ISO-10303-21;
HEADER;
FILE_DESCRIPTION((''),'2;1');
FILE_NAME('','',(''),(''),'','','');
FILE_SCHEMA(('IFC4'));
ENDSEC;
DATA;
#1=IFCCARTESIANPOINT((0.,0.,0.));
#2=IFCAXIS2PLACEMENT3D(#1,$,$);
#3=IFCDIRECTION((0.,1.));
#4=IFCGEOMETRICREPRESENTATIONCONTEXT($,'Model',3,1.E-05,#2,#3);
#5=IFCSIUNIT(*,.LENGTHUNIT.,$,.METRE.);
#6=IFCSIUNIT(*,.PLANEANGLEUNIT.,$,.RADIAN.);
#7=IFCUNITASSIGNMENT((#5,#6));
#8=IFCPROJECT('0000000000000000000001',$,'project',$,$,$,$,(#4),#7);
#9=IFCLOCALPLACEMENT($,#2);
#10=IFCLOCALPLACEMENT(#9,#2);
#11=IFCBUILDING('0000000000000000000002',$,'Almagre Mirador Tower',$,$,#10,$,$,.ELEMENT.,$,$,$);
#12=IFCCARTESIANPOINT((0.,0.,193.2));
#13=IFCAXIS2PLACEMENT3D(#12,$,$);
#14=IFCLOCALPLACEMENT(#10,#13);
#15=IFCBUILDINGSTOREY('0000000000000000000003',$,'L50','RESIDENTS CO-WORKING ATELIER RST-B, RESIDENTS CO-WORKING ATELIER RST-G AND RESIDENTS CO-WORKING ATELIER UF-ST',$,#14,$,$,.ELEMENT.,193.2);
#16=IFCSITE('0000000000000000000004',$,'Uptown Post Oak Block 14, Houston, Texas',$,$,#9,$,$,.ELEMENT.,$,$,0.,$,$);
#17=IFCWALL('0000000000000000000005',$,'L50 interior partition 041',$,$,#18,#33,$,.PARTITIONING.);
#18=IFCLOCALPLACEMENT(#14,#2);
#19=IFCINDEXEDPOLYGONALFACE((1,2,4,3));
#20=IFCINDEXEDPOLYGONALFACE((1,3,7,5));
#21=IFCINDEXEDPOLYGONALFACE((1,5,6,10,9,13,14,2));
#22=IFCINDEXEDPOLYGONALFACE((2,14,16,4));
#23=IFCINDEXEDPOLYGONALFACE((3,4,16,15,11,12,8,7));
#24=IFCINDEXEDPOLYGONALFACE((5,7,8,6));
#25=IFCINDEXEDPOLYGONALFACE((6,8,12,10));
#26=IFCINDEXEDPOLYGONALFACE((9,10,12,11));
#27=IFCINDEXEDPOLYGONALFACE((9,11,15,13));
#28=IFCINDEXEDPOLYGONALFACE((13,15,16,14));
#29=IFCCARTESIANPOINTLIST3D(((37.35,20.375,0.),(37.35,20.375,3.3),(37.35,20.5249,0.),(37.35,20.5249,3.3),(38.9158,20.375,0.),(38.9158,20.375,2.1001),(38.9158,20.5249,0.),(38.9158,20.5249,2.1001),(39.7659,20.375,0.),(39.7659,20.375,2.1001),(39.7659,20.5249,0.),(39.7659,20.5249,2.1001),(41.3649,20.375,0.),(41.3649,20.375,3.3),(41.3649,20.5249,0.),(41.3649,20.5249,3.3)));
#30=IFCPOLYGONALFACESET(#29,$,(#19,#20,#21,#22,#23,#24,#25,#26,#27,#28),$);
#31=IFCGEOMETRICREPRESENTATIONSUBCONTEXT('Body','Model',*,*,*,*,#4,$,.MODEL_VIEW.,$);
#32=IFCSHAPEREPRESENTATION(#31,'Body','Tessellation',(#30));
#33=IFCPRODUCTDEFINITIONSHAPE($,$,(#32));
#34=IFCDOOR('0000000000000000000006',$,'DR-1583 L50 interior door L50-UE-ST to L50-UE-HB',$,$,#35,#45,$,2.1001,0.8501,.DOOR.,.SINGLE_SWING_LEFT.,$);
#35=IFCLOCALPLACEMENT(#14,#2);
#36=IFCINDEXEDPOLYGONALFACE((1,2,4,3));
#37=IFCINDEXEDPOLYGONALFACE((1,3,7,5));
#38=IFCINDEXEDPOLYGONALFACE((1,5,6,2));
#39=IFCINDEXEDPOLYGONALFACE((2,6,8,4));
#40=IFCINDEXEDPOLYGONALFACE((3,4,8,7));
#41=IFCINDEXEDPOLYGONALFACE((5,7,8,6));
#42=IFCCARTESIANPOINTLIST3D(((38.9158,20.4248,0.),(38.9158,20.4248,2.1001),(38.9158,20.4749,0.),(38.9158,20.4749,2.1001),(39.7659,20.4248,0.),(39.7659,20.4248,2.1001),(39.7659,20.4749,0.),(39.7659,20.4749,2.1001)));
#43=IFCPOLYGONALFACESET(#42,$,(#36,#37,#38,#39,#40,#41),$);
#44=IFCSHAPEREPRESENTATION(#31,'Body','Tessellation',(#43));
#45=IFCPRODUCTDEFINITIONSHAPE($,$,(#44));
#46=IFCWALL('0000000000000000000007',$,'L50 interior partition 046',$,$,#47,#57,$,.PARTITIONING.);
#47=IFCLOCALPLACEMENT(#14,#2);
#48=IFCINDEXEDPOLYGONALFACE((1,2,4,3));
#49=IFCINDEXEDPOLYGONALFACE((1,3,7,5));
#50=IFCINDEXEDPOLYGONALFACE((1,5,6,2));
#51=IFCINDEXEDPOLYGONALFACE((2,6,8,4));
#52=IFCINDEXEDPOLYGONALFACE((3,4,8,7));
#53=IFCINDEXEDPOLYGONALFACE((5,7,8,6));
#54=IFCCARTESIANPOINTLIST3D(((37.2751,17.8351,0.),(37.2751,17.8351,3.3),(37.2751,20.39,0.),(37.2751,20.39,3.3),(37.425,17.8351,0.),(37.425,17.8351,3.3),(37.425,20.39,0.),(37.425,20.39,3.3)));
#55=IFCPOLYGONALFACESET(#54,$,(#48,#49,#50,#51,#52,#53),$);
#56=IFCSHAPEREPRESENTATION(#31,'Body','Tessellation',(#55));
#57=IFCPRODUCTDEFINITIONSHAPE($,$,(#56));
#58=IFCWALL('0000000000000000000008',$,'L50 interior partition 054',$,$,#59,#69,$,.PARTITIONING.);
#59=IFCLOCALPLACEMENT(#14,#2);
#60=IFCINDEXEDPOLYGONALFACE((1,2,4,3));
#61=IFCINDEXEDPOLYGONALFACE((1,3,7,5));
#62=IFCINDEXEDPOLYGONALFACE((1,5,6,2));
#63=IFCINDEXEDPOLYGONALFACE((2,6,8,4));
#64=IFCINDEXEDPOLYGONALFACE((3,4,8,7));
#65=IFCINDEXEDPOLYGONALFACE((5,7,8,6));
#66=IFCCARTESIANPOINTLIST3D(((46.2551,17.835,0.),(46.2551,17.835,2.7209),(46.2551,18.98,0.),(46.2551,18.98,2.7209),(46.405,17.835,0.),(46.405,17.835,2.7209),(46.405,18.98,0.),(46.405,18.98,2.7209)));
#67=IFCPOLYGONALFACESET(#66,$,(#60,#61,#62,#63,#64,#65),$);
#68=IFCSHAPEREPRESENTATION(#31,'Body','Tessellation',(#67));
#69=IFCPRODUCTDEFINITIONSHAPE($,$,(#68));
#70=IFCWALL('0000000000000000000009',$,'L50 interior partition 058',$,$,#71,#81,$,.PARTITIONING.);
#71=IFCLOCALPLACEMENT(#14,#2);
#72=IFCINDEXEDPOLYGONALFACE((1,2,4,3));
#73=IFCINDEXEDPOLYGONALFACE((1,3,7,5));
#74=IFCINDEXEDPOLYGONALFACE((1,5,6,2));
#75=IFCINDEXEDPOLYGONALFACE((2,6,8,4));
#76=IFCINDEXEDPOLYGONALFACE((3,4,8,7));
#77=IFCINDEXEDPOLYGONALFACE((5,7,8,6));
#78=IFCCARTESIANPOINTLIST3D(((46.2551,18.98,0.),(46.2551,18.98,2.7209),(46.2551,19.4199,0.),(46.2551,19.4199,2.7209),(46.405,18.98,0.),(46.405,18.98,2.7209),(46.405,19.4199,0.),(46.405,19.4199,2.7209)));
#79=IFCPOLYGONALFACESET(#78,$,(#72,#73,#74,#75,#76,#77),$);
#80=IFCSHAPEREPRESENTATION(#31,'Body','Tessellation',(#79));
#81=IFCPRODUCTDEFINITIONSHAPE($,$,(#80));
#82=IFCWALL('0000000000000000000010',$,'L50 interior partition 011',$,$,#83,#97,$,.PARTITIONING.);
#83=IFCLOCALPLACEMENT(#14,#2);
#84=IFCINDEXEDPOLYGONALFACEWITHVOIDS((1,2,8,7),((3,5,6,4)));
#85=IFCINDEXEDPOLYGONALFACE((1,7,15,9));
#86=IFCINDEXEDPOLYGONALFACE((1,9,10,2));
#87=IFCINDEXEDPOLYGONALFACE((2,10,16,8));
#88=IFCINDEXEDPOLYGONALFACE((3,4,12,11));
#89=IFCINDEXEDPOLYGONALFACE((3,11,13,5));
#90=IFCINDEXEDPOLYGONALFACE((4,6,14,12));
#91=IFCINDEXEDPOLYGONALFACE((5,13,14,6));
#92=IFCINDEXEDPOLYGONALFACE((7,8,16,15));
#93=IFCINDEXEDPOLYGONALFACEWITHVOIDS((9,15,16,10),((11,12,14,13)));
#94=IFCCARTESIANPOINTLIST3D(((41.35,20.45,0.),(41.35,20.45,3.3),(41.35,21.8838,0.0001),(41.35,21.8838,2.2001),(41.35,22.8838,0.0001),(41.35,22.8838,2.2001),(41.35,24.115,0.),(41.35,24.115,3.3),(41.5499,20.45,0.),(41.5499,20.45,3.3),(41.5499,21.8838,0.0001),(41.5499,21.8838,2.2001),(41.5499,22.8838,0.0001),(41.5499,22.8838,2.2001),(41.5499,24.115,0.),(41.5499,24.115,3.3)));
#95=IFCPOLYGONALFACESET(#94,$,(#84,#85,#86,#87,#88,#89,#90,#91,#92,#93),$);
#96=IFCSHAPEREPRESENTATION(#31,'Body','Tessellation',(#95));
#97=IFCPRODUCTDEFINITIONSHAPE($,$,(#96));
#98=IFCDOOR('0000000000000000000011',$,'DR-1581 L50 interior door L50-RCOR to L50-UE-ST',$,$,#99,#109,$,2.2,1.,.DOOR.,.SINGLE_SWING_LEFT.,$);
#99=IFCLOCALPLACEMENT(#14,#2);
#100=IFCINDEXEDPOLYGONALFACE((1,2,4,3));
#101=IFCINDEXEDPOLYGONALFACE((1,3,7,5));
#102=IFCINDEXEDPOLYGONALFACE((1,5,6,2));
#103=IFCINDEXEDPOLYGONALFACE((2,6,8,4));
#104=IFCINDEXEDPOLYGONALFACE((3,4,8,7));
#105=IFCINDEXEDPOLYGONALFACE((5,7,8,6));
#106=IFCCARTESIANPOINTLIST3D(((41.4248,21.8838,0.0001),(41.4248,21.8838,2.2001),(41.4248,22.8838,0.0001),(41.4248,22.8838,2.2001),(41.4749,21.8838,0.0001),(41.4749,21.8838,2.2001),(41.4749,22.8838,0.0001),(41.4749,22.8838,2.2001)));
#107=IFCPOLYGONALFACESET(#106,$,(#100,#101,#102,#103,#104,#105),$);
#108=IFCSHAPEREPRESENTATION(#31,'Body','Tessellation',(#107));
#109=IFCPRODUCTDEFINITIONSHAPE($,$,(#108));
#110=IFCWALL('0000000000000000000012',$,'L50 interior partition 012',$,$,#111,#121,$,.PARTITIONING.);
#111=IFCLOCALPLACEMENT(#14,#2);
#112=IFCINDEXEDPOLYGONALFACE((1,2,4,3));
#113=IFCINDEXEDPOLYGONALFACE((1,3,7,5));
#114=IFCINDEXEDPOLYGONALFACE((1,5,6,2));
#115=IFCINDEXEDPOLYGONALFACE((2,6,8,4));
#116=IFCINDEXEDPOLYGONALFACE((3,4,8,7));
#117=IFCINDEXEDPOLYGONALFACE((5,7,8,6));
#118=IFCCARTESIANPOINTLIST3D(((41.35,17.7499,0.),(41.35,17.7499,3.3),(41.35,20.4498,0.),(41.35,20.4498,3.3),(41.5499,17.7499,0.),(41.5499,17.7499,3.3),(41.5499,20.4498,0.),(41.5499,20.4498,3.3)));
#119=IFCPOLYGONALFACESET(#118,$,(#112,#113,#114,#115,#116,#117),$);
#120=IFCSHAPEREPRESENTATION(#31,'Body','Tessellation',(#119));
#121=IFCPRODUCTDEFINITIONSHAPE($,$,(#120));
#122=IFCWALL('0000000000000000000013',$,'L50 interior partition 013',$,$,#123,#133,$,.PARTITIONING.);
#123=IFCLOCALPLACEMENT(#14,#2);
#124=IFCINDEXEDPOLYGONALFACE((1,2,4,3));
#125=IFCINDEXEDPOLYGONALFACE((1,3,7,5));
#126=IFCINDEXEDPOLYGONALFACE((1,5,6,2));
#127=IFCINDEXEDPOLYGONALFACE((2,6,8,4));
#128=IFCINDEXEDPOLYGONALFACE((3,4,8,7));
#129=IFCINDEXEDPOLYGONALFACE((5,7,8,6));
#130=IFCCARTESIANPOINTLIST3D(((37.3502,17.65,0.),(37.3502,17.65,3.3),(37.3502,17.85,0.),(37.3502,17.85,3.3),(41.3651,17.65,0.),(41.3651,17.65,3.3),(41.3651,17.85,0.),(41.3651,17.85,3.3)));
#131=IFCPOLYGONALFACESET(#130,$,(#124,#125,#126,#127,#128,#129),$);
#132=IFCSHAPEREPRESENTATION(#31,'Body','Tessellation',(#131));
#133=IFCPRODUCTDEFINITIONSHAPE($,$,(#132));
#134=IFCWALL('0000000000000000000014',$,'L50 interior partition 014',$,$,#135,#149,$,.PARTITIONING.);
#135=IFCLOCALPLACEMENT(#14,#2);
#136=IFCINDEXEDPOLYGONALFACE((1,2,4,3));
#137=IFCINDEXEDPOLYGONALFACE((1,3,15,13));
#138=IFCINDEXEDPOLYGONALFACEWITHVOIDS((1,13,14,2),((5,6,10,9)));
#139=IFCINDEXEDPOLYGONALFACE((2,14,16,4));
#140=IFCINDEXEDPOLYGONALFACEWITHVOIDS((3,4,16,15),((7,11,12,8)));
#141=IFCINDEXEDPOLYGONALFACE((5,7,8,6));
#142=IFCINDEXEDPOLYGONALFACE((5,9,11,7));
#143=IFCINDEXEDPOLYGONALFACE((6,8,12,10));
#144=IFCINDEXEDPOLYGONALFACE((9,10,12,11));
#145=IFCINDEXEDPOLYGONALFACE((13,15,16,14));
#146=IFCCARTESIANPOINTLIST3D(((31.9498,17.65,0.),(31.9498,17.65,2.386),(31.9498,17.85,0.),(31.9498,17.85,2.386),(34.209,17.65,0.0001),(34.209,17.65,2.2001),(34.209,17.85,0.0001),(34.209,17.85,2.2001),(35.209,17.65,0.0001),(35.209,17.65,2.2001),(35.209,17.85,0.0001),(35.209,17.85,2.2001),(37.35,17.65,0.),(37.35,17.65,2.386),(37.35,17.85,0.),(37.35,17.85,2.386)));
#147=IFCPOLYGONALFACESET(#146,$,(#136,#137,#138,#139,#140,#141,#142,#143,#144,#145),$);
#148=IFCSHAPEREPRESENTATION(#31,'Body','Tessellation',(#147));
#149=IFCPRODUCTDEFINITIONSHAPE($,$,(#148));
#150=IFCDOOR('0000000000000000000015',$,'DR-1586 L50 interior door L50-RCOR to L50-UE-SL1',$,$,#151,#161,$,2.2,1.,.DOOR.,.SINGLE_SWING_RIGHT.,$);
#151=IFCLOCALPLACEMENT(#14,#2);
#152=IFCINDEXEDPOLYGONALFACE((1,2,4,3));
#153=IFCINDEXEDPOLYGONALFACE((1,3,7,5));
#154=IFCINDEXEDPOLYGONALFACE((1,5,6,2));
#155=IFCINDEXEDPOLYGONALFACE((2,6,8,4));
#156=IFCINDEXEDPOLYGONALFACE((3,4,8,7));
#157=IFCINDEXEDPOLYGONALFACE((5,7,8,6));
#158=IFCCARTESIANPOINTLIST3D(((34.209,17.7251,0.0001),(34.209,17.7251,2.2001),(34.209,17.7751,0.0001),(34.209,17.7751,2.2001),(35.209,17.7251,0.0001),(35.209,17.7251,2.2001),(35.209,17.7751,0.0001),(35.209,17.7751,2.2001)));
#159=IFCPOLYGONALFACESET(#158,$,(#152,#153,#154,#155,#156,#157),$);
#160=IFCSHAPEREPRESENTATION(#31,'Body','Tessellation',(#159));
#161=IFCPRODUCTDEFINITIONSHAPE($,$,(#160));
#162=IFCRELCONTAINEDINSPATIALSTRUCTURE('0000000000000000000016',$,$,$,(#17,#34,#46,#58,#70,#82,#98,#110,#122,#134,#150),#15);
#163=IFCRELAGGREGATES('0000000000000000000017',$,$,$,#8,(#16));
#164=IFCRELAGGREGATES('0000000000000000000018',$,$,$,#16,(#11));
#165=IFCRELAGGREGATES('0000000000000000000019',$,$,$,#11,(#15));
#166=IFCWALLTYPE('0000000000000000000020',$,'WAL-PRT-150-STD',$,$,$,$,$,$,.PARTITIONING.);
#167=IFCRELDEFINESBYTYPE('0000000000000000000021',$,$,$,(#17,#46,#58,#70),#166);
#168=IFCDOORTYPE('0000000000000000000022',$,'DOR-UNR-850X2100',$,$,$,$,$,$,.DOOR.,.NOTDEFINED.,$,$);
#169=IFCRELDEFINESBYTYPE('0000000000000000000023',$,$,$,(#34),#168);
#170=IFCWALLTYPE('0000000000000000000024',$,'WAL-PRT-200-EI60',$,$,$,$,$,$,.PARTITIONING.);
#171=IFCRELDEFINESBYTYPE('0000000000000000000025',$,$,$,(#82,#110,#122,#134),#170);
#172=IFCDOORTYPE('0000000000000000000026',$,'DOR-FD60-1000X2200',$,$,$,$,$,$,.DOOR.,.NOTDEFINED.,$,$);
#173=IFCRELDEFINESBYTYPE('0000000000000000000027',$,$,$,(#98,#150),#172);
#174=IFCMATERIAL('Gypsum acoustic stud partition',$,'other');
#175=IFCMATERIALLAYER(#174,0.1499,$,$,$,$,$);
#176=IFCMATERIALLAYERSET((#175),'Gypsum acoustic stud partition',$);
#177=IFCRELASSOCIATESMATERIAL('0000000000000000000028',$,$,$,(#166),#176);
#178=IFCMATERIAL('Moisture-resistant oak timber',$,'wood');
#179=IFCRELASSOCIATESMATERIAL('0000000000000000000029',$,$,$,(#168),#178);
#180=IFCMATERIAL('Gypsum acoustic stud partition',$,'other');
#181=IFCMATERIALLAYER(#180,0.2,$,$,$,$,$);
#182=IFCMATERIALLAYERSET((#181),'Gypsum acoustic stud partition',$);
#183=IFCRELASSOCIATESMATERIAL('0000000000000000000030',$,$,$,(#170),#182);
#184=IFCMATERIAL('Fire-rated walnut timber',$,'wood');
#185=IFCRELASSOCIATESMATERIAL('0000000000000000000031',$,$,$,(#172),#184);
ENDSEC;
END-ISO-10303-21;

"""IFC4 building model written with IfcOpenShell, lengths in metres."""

from ifc_helpers import new_model, si_unit, direction, frame, frame_2d, origin, place, context, subcontext, project, spatial, rectangle, extrude, material, layer, layer_set, type_object, element, fill, save


model = new_model("IFC4")

# Units and contexts
model_context = context("Model", 3, precision=1e-05, world=origin(), true_north=direction((0.0, 1.0)))
body_context = subcontext(model_context, "Body", "Model", "MODEL_VIEW")
ifc_project = project(units=[si_unit("LENGTHUNIT", "METRE"), si_unit("PLANEANGLEUNIT", "RADIAN")], contexts=[model_context])

# Site, building, storey
site_placement = place(None, origin())
site = spatial("IfcSite", under=ifc_project, at=site_placement, Name="Uptown Post Oak Block 14, Houston, Texas", CompositionType="ELEMENT", RefElevation=0.0)
building_placement = place(site_placement, origin())
building = spatial("IfcBuilding", under=site, at=building_placement, Name="Almagre Mirador Tower", CompositionType="ELEMENT")
storey_placement = place(building_placement, frame((0.0, 0.0, 193.2)))
storey = spatial("IfcBuildingStorey", under=building, at=storey_placement, Name="L50", Description="RESIDENTS CO-WORKING ATELIER RST-B, RESIDENTS CO-WORKING ATELIER RST-G AND RESIDENTS CO-WORKING ATELIER UF-ST", CompositionType="ELEMENT", Elevation=193.2)

# Wall, opening, door
ifc_material_1 = material(Name="Gypsum acoustic stud partition", Category="other")
ifc_layer_1 = layer(ifc_material_1, 0.1499)
ifc_layer_set_1 = layer_set([ifc_layer_1], Name="Gypsum acoustic stud partition")
wall_type_1 = type_object("IfcWallType", Name="WAL-PRT-150-STD", PredefinedType="PARTITIONING", material=ifc_layer_set_1)
wall_1_placement = place(storey_placement, frame((37.3501, 20.45, 0.0), z_axis=(0.0, 0.0, 1.0), x_axis=(1.0, 0.0, 0.0)))
wall_1 = element("IfcWall", 1, at=wall_1_placement, inside=storey, type_object=wall_type_1, Name="L50 interior partition 041", PredefinedType="PARTITIONING", context=body_context, shape_type="SweptSolid", body=[
    extrude(rectangle(XDim=4.0149, YDim=0.1499, at=frame_2d((2.0073, 0.0))), origin(), (0.0, 0.0, 1.0), 3.3),
])
opening_1_placement = place(wall_1_placement, frame((1.5657, 0.0, 0.0)))
opening_1 = element("IfcOpeningElement", 2, at=opening_1_placement, cuts=wall_1, PredefinedType="OPENING", context=body_context, shape_type="SweptSolid", body=[
    extrude(rectangle(XDim=0.8501, YDim=2.1001, at=frame_2d((0.425, 1.05))), frame((0.0, 0.085, 0.0), z_axis=(0.0, -1.0, 0.0), x_axis=(1.0, 0.0, 0.0)), (0.0, 0.0, 1.0), 0.1699),
])
ifc_material_2 = material(Name="Moisture-resistant oak timber", Category="wood")
door_type_1 = type_object("IfcDoorType", Name="DOR-UNR-850X2100", OperationType="NOTDEFINED", PredefinedType="DOOR", material=ifc_material_2)
door_1_placement = place(opening_1_placement, origin())
door_1 = element("IfcDoor", 3, at=door_1_placement, inside=storey, type_object=door_type_1, Name="DR-1583 L50 interior door L50-UE-ST to L50-UE-HB", OperationType="SINGLE_SWING_LEFT", OverallHeight=2.1001, OverallWidth=0.8501, PredefinedType="DOOR", context=body_context, shape_type="SweptSolid", body=[
    extrude(rectangle(XDim=0.8501, YDim=2.1001, at=frame_2d((0.425, 1.05))), frame((0.0, 0.0249, 0.0), z_axis=(0.0, -1.0, 0.0), x_axis=(1.0, 0.0, 0.0)), (0.0, 0.0, 1.0), 0.05),
])
fill(opening_1, door_1)

# Walls
wall_2_placement = place(storey_placement, frame((37.3501, 20.3899, 0.0), z_axis=(0.0, 0.0, 1.0), x_axis=(0.0, -1.0, 0.0)))
element("IfcWall", 4, at=wall_2_placement, inside=storey, type_object=wall_type_1, Name="L50 interior partition 046", PredefinedType="PARTITIONING", context=body_context, shape_type="SweptSolid", body=[
    extrude(rectangle(XDim=2.5549, YDim=0.1499, at=frame_2d((1.2773, 0.0))), origin(), (0.0, 0.0, 1.0), 3.3),
])
wall_3_placement = place(storey_placement, frame((46.3301, 18.98, 0.0), z_axis=(0.0, 0.0, 1.0), x_axis=(0.0, -1.0, 0.0)))
element("IfcWall", 5, at=wall_3_placement, inside=storey, type_object=wall_type_1, Name="L50 interior partition 054", PredefinedType="PARTITIONING", context=body_context, shape_type="SweptSolid", body=[
    extrude(rectangle(XDim=1.145, YDim=0.1499, at=frame_2d((0.5725, 0.0))), origin(), (0.0, 0.0, 1.0), 2.7209),
])
wall_4_placement = place(storey_placement, frame((46.3301, 19.4199, 0.0), z_axis=(0.0, 0.0, 1.0), x_axis=(0.0, -1.0, 0.0)))
element("IfcWall", 6, at=wall_4_placement, inside=storey, type_object=wall_type_1, Name="L50 interior partition 058", PredefinedType="PARTITIONING", context=body_context, shape_type="SweptSolid", body=[
    extrude(rectangle(XDim=0.4399, YDim=0.1499, at=frame_2d((0.22, 0.0))), origin(), (0.0, 0.0, 1.0), 2.7209),
])

# Wall, opening, door
ifc_material_3 = material(Name="Gypsum acoustic stud partition", Category="other")
ifc_layer_2 = layer(ifc_material_3, 0.2)
ifc_layer_set_2 = layer_set([ifc_layer_2], Name="Gypsum acoustic stud partition")
wall_type_2 = type_object("IfcWallType", Name="WAL-PRT-200-EI60", PredefinedType="PARTITIONING", material=ifc_layer_set_2)
wall_5_placement = place(storey_placement, frame((41.45, 24.115, 0.0), z_axis=(0.0, 0.0, 1.0), x_axis=(0.0, -1.0, 0.0)))
wall_5 = element("IfcWall", 7, at=wall_5_placement, inside=storey, type_object=wall_type_2, Name="L50 interior partition 011", PredefinedType="PARTITIONING", context=body_context, shape_type="SweptSolid", body=[
    extrude(rectangle(XDim=3.665, YDim=0.2, at=frame_2d((1.8325, 0.0))), origin(), (0.0, 0.0, 1.0), 3.3),
])
opening_2_placement = place(wall_5_placement, frame((1.2312, 0.0, 0.0)))
opening_2 = element("IfcOpeningElement", 8, at=opening_2_placement, cuts=wall_5, PredefinedType="OPENING", context=body_context, shape_type="SweptSolid", body=[
    extrude(rectangle(XDim=1.0, YDim=2.2, at=frame_2d((0.5, 1.1001))), frame((0.0, 0.1101, 0.0), z_axis=(0.0, -1.0, 0.0), x_axis=(1.0, 0.0, 0.0)), (0.0, 0.0, 1.0), 0.22),
])
ifc_material_4 = material(Name="Fire-rated walnut timber", Category="wood")
door_type_2 = type_object("IfcDoorType", Name="DOR-FD60-1000X2200", OperationType="NOTDEFINED", PredefinedType="DOOR", material=ifc_material_4)
door_2_placement = place(opening_2_placement, origin())
door_2 = element("IfcDoor", 9, at=door_2_placement, inside=storey, type_object=door_type_2, Name="DR-1581 L50 interior door L50-RCOR to L50-UE-ST", OperationType="SINGLE_SWING_LEFT", OverallHeight=2.2, OverallWidth=1.0, PredefinedType="DOOR", context=body_context, shape_type="SweptSolid", body=[
    extrude(rectangle(XDim=1.0, YDim=2.2, at=frame_2d((0.5, 1.1001))), frame((0.0, 0.0249, 0.0), z_axis=(0.0, -1.0, 0.0), x_axis=(1.0, 0.0, 0.0)), (0.0, 0.0, 1.0), 0.05),
])
fill(opening_2, door_2)

# Walls
wall_6_placement = place(storey_placement, frame((41.45, 20.45, 0.0), z_axis=(0.0, 0.0, 1.0), x_axis=(0.0, -1.0, 0.0)))
element("IfcWall", 10, at=wall_6_placement, inside=storey, type_object=wall_type_2, Name="L50 interior partition 012", PredefinedType="PARTITIONING", context=body_context, shape_type="SweptSolid", body=[
    extrude(rectangle(XDim=2.7, YDim=0.2, at=frame_2d((1.3501, 0.0))), origin(), (0.0, 0.0, 1.0), 3.3),
])
wall_7_placement = place(storey_placement, frame((41.365, 17.75, 0.0), z_axis=(0.0, 0.0, 1.0), x_axis=(-1.0, 0.0, 0.0)))
element("IfcWall", 11, at=wall_7_placement, inside=storey, type_object=wall_type_2, Name="L50 interior partition 013", PredefinedType="PARTITIONING", context=body_context, shape_type="SweptSolid", body=[
    extrude(rectangle(XDim=4.0149, YDim=0.2, at=frame_2d((2.0073, 0.0))), origin(), (0.0, 0.0, 1.0), 3.3),
])

# Wall, opening, door
wall_8_placement = place(storey_placement, frame((37.3501, 17.75, 0.0), z_axis=(0.0, 0.0, 1.0), x_axis=(-1.0, 0.0, 0.0)))
wall_8 = element("IfcWall", 12, at=wall_8_placement, inside=storey, type_object=wall_type_2, Name="L50 interior partition 014", PredefinedType="PARTITIONING", context=body_context, shape_type="SweptSolid", body=[
    extrude(rectangle(XDim=5.4001, YDim=0.2, at=frame_2d((2.7002, 0.0))), origin(), (0.0, 0.0, 1.0), 2.386),
])
opening_3_placement = place(wall_8_placement, frame((2.1411, 0.0, 0.0)))
opening_3 = element("IfcOpeningElement", 13, at=opening_3_placement, cuts=wall_8, PredefinedType="OPENING", context=body_context, shape_type="SweptSolid", body=[
    extrude(rectangle(XDim=1.0, YDim=2.2, at=frame_2d((0.5, 1.1001))), frame((0.0, 0.1101, 0.0), z_axis=(0.0, -1.0, 0.0), x_axis=(1.0, 0.0, 0.0)), (0.0, 0.0, 1.0), 0.22),
])
door_3_placement = place(opening_3_placement, origin())
door_3 = element("IfcDoor", 14, at=door_3_placement, inside=storey, type_object=door_type_2, Name="DR-1586 L50 interior door L50-RCOR to L50-UE-SL1", OperationType="SINGLE_SWING_RIGHT", OverallHeight=2.2, OverallWidth=1.0, PredefinedType="DOOR", context=body_context, shape_type="SweptSolid", body=[
    extrude(rectangle(XDim=1.0, YDim=2.2, at=frame_2d((0.5, 1.1001))), frame((0.0, 0.0249, 0.0), z_axis=(0.0, -1.0, 0.0), x_axis=(1.0, 0.0, 0.0)), (0.0, 0.0, 1.0), 0.05),
])
fill(opening_3, door_3)

save(model, "model.ifc")
